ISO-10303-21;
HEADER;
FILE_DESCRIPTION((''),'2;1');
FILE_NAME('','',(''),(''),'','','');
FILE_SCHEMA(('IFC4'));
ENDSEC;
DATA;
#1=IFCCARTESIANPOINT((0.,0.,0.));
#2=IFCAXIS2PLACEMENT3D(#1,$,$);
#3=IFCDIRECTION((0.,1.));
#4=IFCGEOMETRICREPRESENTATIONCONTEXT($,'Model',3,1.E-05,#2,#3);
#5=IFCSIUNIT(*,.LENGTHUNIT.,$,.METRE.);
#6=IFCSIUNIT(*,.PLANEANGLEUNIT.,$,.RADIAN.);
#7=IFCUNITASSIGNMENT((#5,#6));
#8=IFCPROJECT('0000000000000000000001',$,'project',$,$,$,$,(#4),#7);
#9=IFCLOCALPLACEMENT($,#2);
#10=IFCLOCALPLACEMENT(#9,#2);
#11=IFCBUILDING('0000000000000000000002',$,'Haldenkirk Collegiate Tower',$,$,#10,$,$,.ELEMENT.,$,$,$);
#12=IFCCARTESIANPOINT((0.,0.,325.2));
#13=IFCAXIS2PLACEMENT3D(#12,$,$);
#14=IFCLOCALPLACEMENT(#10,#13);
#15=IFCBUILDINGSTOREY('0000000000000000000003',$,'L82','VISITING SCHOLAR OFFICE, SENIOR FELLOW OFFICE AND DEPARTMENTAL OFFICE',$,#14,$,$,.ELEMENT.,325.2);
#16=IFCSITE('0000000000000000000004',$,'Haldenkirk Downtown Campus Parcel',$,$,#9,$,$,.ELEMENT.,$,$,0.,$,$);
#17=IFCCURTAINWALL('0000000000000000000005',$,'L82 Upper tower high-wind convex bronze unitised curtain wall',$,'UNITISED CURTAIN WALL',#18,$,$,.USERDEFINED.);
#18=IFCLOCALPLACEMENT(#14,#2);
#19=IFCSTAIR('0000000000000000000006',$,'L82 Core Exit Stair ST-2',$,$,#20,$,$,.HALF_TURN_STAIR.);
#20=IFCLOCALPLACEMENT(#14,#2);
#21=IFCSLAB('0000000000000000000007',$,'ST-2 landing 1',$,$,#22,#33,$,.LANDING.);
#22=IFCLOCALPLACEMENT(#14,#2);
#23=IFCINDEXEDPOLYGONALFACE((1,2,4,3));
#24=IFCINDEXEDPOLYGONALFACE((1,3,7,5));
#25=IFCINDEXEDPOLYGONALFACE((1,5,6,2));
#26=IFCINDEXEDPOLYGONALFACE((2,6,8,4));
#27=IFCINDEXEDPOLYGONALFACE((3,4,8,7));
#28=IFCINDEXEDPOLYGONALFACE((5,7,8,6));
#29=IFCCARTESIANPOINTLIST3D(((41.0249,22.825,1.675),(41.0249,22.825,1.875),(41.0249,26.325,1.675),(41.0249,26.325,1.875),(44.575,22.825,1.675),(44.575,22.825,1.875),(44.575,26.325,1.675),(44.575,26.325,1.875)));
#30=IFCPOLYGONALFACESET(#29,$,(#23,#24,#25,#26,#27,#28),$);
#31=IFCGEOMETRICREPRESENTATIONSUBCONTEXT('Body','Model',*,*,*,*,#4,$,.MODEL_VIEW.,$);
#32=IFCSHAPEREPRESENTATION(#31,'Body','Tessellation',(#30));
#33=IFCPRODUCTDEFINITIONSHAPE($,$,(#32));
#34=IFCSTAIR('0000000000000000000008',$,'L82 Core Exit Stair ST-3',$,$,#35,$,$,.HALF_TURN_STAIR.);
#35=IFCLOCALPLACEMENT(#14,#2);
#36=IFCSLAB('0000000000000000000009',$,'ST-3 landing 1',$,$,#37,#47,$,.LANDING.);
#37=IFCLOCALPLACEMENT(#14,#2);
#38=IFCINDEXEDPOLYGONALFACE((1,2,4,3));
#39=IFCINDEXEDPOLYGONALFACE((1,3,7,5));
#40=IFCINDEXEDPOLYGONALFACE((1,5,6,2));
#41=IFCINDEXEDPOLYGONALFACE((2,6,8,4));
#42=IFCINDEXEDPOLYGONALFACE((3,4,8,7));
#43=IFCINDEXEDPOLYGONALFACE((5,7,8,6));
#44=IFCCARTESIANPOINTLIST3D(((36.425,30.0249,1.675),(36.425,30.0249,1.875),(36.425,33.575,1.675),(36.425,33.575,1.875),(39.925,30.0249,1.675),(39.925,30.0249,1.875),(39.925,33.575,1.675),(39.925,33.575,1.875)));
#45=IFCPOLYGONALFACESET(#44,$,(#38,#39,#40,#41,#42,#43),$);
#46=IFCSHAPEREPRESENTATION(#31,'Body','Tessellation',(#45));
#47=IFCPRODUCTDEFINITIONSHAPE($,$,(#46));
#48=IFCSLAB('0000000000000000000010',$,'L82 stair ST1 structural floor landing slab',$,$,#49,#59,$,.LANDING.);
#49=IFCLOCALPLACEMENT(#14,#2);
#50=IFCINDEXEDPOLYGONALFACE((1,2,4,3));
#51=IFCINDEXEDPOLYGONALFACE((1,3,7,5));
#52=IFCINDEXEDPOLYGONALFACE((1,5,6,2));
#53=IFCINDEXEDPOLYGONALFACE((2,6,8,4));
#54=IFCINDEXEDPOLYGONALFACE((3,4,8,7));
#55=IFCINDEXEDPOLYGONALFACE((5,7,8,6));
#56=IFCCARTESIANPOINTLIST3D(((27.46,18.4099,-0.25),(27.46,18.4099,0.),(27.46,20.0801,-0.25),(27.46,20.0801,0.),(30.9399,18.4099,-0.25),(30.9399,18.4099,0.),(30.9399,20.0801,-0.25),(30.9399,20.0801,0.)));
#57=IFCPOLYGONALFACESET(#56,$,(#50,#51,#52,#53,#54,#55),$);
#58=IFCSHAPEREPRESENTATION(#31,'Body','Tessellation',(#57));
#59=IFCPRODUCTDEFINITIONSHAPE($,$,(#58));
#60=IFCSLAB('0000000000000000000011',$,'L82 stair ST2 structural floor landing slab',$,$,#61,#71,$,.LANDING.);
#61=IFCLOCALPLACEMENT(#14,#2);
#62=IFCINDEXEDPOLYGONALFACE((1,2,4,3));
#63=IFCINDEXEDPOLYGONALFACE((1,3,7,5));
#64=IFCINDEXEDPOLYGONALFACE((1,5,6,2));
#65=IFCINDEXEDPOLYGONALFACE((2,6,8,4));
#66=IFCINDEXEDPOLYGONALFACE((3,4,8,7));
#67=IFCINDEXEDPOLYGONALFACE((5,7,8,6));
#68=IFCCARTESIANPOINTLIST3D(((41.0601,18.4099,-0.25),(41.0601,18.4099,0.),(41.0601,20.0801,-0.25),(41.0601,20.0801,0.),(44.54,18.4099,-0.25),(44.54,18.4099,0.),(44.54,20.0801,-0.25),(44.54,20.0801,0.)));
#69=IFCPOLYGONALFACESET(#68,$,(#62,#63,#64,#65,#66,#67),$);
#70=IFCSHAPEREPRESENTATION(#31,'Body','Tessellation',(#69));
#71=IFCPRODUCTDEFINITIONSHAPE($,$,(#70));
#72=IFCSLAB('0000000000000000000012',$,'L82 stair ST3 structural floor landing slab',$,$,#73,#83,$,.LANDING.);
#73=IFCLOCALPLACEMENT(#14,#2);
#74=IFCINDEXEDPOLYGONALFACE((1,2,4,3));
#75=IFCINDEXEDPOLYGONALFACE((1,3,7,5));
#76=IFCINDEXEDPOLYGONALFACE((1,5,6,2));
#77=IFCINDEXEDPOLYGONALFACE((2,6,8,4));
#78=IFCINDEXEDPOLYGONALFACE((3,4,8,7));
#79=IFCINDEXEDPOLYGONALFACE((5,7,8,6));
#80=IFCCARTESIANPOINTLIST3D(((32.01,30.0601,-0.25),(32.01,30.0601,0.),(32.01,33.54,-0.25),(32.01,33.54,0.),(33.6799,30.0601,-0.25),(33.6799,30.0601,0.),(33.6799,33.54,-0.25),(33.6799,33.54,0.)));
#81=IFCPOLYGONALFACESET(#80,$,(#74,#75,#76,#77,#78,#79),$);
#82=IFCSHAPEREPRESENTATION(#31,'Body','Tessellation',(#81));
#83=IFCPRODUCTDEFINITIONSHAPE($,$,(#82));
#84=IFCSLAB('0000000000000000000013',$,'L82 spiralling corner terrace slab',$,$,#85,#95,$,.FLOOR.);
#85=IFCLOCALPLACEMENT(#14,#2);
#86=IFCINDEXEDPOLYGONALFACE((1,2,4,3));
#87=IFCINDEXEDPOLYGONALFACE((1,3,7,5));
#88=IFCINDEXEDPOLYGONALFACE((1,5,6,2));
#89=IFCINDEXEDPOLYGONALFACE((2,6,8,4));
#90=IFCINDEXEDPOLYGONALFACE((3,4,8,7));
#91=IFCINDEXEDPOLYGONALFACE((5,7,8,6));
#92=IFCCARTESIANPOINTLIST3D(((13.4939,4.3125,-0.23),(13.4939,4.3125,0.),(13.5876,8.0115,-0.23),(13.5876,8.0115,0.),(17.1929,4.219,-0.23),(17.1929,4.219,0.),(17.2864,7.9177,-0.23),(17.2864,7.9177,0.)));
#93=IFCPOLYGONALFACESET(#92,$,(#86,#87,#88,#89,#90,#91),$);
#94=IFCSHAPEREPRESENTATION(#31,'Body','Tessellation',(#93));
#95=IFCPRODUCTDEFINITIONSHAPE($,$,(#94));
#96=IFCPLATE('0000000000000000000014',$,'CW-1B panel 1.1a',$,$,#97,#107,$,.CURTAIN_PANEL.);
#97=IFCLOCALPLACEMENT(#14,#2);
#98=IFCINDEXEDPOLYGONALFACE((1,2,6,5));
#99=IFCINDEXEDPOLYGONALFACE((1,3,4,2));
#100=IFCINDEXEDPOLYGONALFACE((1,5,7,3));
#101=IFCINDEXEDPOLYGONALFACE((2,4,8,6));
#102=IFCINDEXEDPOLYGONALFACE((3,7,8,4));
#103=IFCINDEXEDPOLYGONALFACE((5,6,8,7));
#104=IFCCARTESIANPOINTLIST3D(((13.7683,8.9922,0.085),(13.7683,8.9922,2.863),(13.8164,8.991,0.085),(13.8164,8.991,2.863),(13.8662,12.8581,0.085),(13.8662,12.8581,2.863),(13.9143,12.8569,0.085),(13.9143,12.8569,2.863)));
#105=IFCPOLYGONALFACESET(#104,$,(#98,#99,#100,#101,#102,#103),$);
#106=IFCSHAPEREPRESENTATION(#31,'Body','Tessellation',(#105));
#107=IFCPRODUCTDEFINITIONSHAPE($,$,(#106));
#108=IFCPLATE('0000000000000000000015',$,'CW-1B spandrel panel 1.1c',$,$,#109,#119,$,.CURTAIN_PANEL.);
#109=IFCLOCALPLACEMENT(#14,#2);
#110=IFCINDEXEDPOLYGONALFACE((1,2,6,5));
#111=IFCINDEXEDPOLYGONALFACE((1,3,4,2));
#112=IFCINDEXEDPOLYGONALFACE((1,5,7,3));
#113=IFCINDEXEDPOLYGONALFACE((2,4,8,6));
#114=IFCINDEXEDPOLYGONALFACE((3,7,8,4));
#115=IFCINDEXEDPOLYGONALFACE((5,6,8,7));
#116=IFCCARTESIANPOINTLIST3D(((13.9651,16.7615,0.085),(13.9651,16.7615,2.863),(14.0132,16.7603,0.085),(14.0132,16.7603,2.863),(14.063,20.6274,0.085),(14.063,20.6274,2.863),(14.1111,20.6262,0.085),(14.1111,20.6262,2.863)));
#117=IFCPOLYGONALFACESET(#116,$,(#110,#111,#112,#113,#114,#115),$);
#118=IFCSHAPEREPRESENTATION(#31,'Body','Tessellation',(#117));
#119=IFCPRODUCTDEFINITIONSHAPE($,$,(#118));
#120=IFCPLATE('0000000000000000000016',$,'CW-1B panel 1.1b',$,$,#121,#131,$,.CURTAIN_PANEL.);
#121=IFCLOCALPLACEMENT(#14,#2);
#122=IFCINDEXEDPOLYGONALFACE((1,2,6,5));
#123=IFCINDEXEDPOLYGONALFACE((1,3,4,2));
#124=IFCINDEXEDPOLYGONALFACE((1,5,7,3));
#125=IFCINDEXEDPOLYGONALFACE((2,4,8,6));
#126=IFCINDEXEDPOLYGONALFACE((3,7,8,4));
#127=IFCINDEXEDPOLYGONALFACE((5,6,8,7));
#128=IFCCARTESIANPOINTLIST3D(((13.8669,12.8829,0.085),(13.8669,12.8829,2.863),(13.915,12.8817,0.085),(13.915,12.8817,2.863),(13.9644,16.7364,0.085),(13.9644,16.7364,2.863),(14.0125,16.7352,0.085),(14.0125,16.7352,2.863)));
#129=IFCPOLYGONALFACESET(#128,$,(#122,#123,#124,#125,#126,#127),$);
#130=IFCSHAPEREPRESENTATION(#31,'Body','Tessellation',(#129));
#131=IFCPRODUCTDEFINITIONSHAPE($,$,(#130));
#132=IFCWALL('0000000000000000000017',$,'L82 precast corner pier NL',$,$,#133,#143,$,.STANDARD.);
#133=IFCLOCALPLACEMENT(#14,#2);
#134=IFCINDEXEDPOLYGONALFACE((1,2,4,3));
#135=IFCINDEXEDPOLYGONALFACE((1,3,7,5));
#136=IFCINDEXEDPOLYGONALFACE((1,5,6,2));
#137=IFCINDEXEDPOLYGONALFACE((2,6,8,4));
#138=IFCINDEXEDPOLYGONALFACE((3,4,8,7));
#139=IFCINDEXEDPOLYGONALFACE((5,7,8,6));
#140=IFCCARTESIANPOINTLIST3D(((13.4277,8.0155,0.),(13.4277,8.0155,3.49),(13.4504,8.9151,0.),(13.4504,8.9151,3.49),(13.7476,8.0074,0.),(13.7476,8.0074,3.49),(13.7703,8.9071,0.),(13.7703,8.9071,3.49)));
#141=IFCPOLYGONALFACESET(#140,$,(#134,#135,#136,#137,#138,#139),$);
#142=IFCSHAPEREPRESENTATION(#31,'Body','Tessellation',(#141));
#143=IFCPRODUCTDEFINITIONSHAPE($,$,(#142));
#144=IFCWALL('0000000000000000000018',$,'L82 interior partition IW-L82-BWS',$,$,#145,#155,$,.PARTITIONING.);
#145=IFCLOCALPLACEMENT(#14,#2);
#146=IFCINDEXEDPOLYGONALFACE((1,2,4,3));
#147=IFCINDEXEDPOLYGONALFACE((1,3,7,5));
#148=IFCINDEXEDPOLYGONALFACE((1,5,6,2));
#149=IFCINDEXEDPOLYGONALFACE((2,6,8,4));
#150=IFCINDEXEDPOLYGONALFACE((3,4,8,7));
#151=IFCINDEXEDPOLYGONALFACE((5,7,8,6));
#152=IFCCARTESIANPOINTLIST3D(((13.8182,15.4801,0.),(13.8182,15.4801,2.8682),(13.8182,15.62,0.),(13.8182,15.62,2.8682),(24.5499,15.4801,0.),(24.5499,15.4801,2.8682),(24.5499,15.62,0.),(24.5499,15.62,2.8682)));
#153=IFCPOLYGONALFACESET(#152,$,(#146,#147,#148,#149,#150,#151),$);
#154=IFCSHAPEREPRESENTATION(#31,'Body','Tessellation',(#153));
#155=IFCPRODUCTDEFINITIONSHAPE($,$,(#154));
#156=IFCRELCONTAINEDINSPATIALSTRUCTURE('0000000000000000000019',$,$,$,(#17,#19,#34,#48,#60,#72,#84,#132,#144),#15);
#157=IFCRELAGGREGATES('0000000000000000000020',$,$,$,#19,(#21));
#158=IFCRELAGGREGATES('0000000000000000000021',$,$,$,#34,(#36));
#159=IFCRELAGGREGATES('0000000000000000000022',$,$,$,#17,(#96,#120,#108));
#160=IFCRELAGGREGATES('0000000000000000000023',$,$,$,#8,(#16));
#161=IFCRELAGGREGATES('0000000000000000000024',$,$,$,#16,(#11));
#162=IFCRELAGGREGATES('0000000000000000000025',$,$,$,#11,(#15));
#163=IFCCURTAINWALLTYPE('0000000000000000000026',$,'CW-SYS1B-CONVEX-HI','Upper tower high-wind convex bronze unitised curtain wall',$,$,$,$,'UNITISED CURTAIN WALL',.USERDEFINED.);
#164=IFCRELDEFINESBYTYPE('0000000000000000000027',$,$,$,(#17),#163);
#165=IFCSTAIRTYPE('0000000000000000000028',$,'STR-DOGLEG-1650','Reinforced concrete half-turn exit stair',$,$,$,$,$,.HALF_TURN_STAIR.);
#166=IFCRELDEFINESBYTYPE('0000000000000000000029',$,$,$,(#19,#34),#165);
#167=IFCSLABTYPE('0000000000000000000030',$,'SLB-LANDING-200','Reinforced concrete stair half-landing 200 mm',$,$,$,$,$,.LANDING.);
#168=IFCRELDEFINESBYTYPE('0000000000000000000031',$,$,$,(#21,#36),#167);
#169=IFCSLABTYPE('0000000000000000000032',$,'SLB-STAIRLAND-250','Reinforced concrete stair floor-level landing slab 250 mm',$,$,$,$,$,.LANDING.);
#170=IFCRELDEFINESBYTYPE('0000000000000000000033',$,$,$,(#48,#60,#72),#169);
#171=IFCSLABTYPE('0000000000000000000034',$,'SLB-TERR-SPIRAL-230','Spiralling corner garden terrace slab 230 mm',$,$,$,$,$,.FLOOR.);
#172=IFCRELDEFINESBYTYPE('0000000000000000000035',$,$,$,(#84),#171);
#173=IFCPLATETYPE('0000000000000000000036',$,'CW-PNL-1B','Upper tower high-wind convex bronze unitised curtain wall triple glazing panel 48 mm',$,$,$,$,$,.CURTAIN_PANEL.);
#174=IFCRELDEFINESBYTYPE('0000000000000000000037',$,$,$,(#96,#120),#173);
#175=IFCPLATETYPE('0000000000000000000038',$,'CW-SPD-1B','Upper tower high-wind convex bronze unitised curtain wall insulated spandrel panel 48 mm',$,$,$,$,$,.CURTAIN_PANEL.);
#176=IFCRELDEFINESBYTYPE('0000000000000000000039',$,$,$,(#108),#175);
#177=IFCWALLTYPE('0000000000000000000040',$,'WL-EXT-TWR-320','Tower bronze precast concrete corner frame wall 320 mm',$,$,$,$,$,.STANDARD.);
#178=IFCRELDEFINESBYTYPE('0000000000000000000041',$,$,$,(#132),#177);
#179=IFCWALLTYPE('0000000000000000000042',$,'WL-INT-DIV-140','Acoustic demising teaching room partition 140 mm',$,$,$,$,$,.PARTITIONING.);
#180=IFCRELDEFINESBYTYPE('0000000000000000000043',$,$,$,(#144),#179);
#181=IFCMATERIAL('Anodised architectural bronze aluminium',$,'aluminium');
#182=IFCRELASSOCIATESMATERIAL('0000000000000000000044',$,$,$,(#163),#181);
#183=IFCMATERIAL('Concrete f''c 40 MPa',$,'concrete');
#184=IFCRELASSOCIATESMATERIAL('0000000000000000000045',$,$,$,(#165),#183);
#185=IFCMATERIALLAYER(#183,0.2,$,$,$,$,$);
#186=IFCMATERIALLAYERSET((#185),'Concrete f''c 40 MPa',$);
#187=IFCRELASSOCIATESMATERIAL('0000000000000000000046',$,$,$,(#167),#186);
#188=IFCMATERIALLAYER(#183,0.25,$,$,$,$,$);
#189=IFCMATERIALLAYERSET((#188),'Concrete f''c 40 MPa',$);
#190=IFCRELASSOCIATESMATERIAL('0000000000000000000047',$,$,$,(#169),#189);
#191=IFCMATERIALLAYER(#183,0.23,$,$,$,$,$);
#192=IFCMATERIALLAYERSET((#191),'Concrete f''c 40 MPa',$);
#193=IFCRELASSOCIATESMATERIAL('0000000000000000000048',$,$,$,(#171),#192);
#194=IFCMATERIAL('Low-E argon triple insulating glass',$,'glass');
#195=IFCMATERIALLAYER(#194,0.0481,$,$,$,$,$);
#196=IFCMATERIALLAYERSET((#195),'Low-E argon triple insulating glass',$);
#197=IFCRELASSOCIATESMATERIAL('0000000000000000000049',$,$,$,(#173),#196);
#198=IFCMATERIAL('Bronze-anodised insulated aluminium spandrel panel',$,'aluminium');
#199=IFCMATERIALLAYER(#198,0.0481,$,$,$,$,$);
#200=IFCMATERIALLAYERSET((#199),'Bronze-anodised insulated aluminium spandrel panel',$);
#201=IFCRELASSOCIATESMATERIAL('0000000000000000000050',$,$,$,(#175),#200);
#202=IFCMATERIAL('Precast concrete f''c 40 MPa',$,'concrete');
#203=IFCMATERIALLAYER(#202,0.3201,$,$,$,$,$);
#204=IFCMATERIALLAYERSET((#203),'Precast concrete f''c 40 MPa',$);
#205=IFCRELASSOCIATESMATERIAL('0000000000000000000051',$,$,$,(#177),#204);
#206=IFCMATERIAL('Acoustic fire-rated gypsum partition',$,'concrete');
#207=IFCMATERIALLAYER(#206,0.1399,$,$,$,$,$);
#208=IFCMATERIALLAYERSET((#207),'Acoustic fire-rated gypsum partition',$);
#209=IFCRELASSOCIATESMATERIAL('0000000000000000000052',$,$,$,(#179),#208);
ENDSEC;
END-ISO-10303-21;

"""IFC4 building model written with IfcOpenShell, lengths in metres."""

from ifc_helpers import new_model, si_unit, direction, frame, frame_2d, origin, origin_2d, place, context, subcontext, project, spatial, polyline, rectangle, outline, extrude, source, transform, mapped, material, layer, layer_set, type_object, element, aggregate, save


model = new_model("IFC4")

# Units and contexts
model_context = context("Model", 3, precision=1e-05, world=origin(), true_north=direction((0.0, 1.0)))
body_context = subcontext(model_context, "Body", "Model", "MODEL_VIEW")
ifc_project = project(units=[si_unit("LENGTHUNIT", "METRE"), si_unit("PLANEANGLEUNIT", "RADIAN")], contexts=[model_context])

# Site, building, storey
site_placement = place(None, origin())
site = spatial("IfcSite", under=ifc_project, at=site_placement, Name="Haldenkirk Downtown Campus Parcel", CompositionType="ELEMENT", RefElevation=0.0)
building_placement = place(site_placement, origin())
building = spatial("IfcBuilding", under=site, at=building_placement, Name="Haldenkirk Collegiate Tower", CompositionType="ELEMENT")
storey_placement = place(building_placement, frame((0.0, 0.0, 325.2)))
storey = spatial("IfcBuildingStorey", under=building, at=storey_placement, Name="L82", Description="VISITING SCHOLAR OFFICE, SENIOR FELLOW OFFICE AND DEPARTMENTAL OFFICE", CompositionType="ELEMENT", Elevation=325.2)

# Curtain wall
ifc_material_1 = material(Name="Anodised architectural bronze aluminium", Category="aluminium")
curtain_wall_type = type_object("IfcCurtainWallType", Name="CW-SYS1B-CONVEX-HI", Description="Upper tower high-wind convex bronze unitised curtain wall", ElementType="UNITISED CURTAIN WALL", PredefinedType="USERDEFINED", material=ifc_material_1)
curtain_wall_placement = place(storey_placement, origin())
curtain_wall = element("IfcCurtainWall", 1, at=curtain_wall_placement, inside=storey, type_object=curtain_wall_type, Name="L82 Upper tower high-wind convex bronze unitised curtain wall", ObjectType="UNITISED CURTAIN WALL", PredefinedType="USERDEFINED")

# Shared definitions
ifc_material_2 = material(Name="Concrete f'c 40 MPa", Category="concrete")

# Stairs, slabs
stair_type = type_object("IfcStairType", Name="STR-DOGLEG-1650", Description="Reinforced concrete half-turn exit stair", PredefinedType="HALF_TURN_STAIR", material=ifc_material_2)
ifc_layer_1 = layer(ifc_material_2, 0.2)
ifc_layer_set_1 = layer_set([ifc_layer_1], Name="Concrete f'c 40 MPa")
slab_type_1 = type_object("IfcSlabType", Name="SLB-LANDING-200", Description="Reinforced concrete stair half-landing 200 mm", PredefinedType="LANDING", material=ifc_layer_set_1)
stair_1_placement = place(storey_placement, origin())
stair_1 = element("IfcStair", 2, at=stair_1_placement, inside=storey, type_object=stair_type, Name="L82 Core Exit Stair ST-2", PredefinedType="HALF_TURN_STAIR")
slab_1_placement = place(storey_placement, frame((0.0, 0.0, 1.675)))
slab_1 = element("IfcSlab", 3, at=slab_1_placement, type_object=slab_type_1, Name="ST-2 landing 1", PredefinedType="LANDING", context=body_context, shape_type="SweptSolid", body=[
    extrude(outline(polyline([(44.575, 22.825), (41.0249, 22.825), (41.0249, 26.325), (44.575, 26.325), (44.575, 22.825)])), origin(), (0.0, 0.0, 1.0), 0.2),
])
aggregate(stair_1, [slab_1])
stair_2_placement = place(storey_placement, origin())
stair_2 = element("IfcStair", 4, at=stair_2_placement, inside=storey, type_object=stair_type, Name="L82 Core Exit Stair ST-3", PredefinedType="HALF_TURN_STAIR")
slab_2_placement = place(storey_placement, frame((0.0, 0.0, 1.675)))
slab_2 = element("IfcSlab", 5, at=slab_2_placement, type_object=slab_type_1, Name="ST-3 landing 1", PredefinedType="LANDING", context=body_context, shape_type="SweptSolid", body=[
    extrude(outline(polyline([(36.425, 30.0249), (36.425, 33.575), (39.925, 33.575), (39.925, 30.0249), (36.425, 30.0249)])), origin(), (0.0, 0.0, 1.0), 0.2),
])
aggregate(stair_2, [slab_2])

# Slabs
ifc_layer_2 = layer(ifc_material_2, 0.25)
ifc_layer_set_2 = layer_set([ifc_layer_2], Name="Concrete f'c 40 MPa")
slab_type_2 = type_object("IfcSlabType", Name="SLB-STAIRLAND-250", Description="Reinforced concrete stair floor-level landing slab 250 mm", PredefinedType="LANDING", material=ifc_layer_set_2)
slab_3_placement = place(storey_placement, frame((0.0, 0.0, -0.25)))
element("IfcSlab", 6, at=slab_3_placement, inside=storey, type_object=slab_type_2, Name="L82 stair ST1 structural floor landing slab", PredefinedType="LANDING", context=body_context, shape_type="SweptSolid", body=[
    extrude(outline(polyline([(27.46, 18.4099), (30.9399, 18.4099), (30.9399, 20.0801), (27.46, 20.0801), (27.46, 18.4099)])), origin(), (0.0, 0.0, 1.0), 0.25),
])
slab_4_placement = place(storey_placement, frame((0.0, 0.0, -0.25)))
element("IfcSlab", 7, at=slab_4_placement, inside=storey, type_object=slab_type_2, Name="L82 stair ST2 structural floor landing slab", PredefinedType="LANDING", context=body_context, shape_type="SweptSolid", body=[
    extrude(outline(polyline([(41.0601, 18.4099), (44.54, 18.4099), (44.54, 20.0801), (41.0601, 20.0801), (41.0601, 18.4099)])), origin(), (0.0, 0.0, 1.0), 0.25),
])
slab_5_placement = place(storey_placement, frame((0.0, 0.0, -0.25)))
element("IfcSlab", 8, at=slab_5_placement, inside=storey, type_object=slab_type_2, Name="L82 stair ST3 structural floor landing slab", PredefinedType="LANDING", context=body_context, shape_type="SweptSolid", body=[
    extrude(outline(polyline([(32.01, 30.0601), (33.6799, 30.0601), (33.6799, 33.54), (32.01, 33.54), (32.01, 30.0601)])), origin(), (0.0, 0.0, 1.0), 0.25),
])
ifc_layer_3 = layer(ifc_material_2, 0.23)
ifc_layer_set_3 = layer_set([ifc_layer_3], Name="Concrete f'c 40 MPa")
slab_type_3 = type_object("IfcSlabType", Name="SLB-TERR-SPIRAL-230", Description="Spiralling corner garden terrace slab 230 mm", PredefinedType="FLOOR", material=ifc_layer_set_3)
slab_6_placement = place(storey_placement, frame((0.0, 0.0, -0.23)))
element("IfcSlab", 9, at=slab_6_placement, inside=storey, type_object=slab_type_3, Name="L82 spiralling corner terrace slab", PredefinedType="FLOOR", context=body_context, shape_type="SweptSolid", body=[
    extrude(outline(polyline([(17.1929, 4.219), (17.2864, 7.9177), (13.5876, 8.0115), (13.4939, 4.3125), (17.1929, 4.219)])), origin(), (0.0, 0.0, 1.0), 0.23),
])

# Plates
ifc_material_3 = material(Name="Low-E argon triple insulating glass", Category="glass")
ifc_layer_4 = layer(ifc_material_3, 0.0481)
ifc_layer_set_4 = layer_set([ifc_layer_4], Name="Low-E argon triple insulating glass")
plate_type_1 = type_object("IfcPlateType", Name="CW-PNL-1B", Description="Upper tower high-wind convex bronze unitised curtain wall triple glazing panel 48 mm", PredefinedType="CURTAIN_PANEL", material=ifc_layer_set_4)
shared_shape_1 = source(origin(), body_context, "Body", "SweptSolid", [
    extrude(rectangle(XDim=3.8672, YDim=0.0481, at=origin_2d()), origin(), (0.0, 0.0, 1.0), 2.7781),
])
plate_1_placement = place(storey_placement, frame((13.8413, 10.9246, 0.085), z_axis=(0.0, 0.0, 1.0), x_axis=(0.025303, 0.99968, 0.0)))
plate_1 = element("IfcPlate", 10, at=plate_1_placement, type_object=plate_type_1, Name="CW-1B panel 1.1a", PredefinedType="CURTAIN_PANEL", context=body_context, shape_type="MappedRepresentation", body=[
    mapped(shared_shape_1, transform((0.0, 0.0, 0.0), x_axis=(1.0, 0.0, 0.0), y_axis=(0.0, 1.0, 0.0), z_axis=(0.0, 0.0, 1.0), scale=1.0)),
])
ifc_material_4 = material(Name="Bronze-anodised insulated aluminium spandrel panel", Category="aluminium")
ifc_layer_5 = layer(ifc_material_4, 0.0481)
ifc_layer_set_5 = layer_set([ifc_layer_5], Name="Bronze-anodised insulated aluminium spandrel panel")
plate_type_2 = type_object("IfcPlateType", Name="CW-SPD-1B", Description="Upper tower high-wind convex bronze unitised curtain wall insulated spandrel panel 48 mm", PredefinedType="CURTAIN_PANEL", material=ifc_layer_set_5)
plate_2_placement = place(storey_placement, frame((14.0381, 18.6938, 0.085), z_axis=(0.0, 0.0, 1.0), x_axis=(0.025303, 0.99968, 0.0)))
plate_2 = element("IfcPlate", 11, at=plate_2_placement, type_object=plate_type_2, Name="CW-1B spandrel panel 1.1c", PredefinedType="CURTAIN_PANEL", context=body_context, shape_type="MappedRepresentation", body=[
    mapped(shared_shape_1, transform((0.0, 0.0, 0.0), x_axis=(1.0, 0.0, 0.0), y_axis=(0.0, 1.0, 0.0), z_axis=(0.0, 0.0, 1.0), scale=1.0)),
])
shared_shape_2 = source(origin(), body_context, "Body", "SweptSolid", [
    extrude(rectangle(XDim=3.8547, YDim=0.0481, at=origin_2d()), origin(), (0.0, 0.0, 1.0), 2.7781),
])
plate_3_placement = place(storey_placement, frame((13.9397, 14.8091, 0.085), z_axis=(0.0, 0.0, 1.0), x_axis=(0.025303, 0.99968, 0.0)))
plate_3 = element("IfcPlate", 12, at=plate_3_placement, type_object=plate_type_1, Name="CW-1B panel 1.1b", PredefinedType="CURTAIN_PANEL", context=body_context, shape_type="MappedRepresentation", body=[
    mapped(shared_shape_2, transform((0.0, 0.0, 0.0), x_axis=(1.0, 0.0, 0.0), y_axis=(0.0, 1.0, 0.0), z_axis=(0.0, 0.0, 1.0), scale=1.0)),
])
aggregate(curtain_wall, [plate_1, plate_3, plate_2])

# Walls
ifc_material_5 = material(Name="Precast concrete f'c 40 MPa", Category="concrete")
ifc_layer_6 = layer(ifc_material_5, 0.3201)
ifc_layer_set_6 = layer_set([ifc_layer_6], Name="Precast concrete f'c 40 MPa")
wall_type_1 = type_object("IfcWallType", Name="WL-EXT-TWR-320", Description="Tower bronze precast concrete corner frame wall 320 mm", PredefinedType="STANDARD", material=ifc_layer_set_6)
wall_1_placement = place(storey_placement, frame((13.5876, 8.0115, 0.0), z_axis=(0.0, 0.0, 1.0), x_axis=(0.025229, 0.999682, 0.0)))
element("IfcWall", 13, at=wall_1_placement, inside=storey, type_object=wall_type_1, Name="L82 precast corner pier NL", PredefinedType="STANDARD", context=body_context, shape_type="SweptSolid", body=[
    extrude(rectangle(XDim=0.8999, YDim=0.3201, at=frame_2d((0.45, 0.0))), origin(), (0.0, 0.0, 1.0), 3.49),
])
ifc_material_6 = material(Name="Acoustic fire-rated gypsum partition", Category="concrete")
ifc_layer_7 = layer(ifc_material_6, 0.1399)
ifc_layer_set_7 = layer_set([ifc_layer_7], Name="Acoustic fire-rated gypsum partition")
wall_type_2 = type_object("IfcWallType", Name="WL-INT-DIV-140", Description="Acoustic demising teaching room partition 140 mm", PredefinedType="PARTITIONING", material=ifc_layer_set_7)
wall_2_placement = place(storey_placement, frame((13.8184, 15.55, 0.0), z_axis=(0.0, 0.0, 1.0), x_axis=(1.0, 0.0, 0.0)))
element("IfcWall", 14, at=wall_2_placement, inside=storey, type_object=wall_type_2, Name="L82 interior partition IW-L82-BWS", PredefinedType="PARTITIONING", context=body_context, shape_type="SweptSolid", body=[
    extrude(rectangle(XDim=10.7317, YDim=0.1399, at=frame_2d((5.3657, 0.0))), origin(), (0.0, 0.0, 1.0), 2.8682),
])

save(model, "model.ifc")
